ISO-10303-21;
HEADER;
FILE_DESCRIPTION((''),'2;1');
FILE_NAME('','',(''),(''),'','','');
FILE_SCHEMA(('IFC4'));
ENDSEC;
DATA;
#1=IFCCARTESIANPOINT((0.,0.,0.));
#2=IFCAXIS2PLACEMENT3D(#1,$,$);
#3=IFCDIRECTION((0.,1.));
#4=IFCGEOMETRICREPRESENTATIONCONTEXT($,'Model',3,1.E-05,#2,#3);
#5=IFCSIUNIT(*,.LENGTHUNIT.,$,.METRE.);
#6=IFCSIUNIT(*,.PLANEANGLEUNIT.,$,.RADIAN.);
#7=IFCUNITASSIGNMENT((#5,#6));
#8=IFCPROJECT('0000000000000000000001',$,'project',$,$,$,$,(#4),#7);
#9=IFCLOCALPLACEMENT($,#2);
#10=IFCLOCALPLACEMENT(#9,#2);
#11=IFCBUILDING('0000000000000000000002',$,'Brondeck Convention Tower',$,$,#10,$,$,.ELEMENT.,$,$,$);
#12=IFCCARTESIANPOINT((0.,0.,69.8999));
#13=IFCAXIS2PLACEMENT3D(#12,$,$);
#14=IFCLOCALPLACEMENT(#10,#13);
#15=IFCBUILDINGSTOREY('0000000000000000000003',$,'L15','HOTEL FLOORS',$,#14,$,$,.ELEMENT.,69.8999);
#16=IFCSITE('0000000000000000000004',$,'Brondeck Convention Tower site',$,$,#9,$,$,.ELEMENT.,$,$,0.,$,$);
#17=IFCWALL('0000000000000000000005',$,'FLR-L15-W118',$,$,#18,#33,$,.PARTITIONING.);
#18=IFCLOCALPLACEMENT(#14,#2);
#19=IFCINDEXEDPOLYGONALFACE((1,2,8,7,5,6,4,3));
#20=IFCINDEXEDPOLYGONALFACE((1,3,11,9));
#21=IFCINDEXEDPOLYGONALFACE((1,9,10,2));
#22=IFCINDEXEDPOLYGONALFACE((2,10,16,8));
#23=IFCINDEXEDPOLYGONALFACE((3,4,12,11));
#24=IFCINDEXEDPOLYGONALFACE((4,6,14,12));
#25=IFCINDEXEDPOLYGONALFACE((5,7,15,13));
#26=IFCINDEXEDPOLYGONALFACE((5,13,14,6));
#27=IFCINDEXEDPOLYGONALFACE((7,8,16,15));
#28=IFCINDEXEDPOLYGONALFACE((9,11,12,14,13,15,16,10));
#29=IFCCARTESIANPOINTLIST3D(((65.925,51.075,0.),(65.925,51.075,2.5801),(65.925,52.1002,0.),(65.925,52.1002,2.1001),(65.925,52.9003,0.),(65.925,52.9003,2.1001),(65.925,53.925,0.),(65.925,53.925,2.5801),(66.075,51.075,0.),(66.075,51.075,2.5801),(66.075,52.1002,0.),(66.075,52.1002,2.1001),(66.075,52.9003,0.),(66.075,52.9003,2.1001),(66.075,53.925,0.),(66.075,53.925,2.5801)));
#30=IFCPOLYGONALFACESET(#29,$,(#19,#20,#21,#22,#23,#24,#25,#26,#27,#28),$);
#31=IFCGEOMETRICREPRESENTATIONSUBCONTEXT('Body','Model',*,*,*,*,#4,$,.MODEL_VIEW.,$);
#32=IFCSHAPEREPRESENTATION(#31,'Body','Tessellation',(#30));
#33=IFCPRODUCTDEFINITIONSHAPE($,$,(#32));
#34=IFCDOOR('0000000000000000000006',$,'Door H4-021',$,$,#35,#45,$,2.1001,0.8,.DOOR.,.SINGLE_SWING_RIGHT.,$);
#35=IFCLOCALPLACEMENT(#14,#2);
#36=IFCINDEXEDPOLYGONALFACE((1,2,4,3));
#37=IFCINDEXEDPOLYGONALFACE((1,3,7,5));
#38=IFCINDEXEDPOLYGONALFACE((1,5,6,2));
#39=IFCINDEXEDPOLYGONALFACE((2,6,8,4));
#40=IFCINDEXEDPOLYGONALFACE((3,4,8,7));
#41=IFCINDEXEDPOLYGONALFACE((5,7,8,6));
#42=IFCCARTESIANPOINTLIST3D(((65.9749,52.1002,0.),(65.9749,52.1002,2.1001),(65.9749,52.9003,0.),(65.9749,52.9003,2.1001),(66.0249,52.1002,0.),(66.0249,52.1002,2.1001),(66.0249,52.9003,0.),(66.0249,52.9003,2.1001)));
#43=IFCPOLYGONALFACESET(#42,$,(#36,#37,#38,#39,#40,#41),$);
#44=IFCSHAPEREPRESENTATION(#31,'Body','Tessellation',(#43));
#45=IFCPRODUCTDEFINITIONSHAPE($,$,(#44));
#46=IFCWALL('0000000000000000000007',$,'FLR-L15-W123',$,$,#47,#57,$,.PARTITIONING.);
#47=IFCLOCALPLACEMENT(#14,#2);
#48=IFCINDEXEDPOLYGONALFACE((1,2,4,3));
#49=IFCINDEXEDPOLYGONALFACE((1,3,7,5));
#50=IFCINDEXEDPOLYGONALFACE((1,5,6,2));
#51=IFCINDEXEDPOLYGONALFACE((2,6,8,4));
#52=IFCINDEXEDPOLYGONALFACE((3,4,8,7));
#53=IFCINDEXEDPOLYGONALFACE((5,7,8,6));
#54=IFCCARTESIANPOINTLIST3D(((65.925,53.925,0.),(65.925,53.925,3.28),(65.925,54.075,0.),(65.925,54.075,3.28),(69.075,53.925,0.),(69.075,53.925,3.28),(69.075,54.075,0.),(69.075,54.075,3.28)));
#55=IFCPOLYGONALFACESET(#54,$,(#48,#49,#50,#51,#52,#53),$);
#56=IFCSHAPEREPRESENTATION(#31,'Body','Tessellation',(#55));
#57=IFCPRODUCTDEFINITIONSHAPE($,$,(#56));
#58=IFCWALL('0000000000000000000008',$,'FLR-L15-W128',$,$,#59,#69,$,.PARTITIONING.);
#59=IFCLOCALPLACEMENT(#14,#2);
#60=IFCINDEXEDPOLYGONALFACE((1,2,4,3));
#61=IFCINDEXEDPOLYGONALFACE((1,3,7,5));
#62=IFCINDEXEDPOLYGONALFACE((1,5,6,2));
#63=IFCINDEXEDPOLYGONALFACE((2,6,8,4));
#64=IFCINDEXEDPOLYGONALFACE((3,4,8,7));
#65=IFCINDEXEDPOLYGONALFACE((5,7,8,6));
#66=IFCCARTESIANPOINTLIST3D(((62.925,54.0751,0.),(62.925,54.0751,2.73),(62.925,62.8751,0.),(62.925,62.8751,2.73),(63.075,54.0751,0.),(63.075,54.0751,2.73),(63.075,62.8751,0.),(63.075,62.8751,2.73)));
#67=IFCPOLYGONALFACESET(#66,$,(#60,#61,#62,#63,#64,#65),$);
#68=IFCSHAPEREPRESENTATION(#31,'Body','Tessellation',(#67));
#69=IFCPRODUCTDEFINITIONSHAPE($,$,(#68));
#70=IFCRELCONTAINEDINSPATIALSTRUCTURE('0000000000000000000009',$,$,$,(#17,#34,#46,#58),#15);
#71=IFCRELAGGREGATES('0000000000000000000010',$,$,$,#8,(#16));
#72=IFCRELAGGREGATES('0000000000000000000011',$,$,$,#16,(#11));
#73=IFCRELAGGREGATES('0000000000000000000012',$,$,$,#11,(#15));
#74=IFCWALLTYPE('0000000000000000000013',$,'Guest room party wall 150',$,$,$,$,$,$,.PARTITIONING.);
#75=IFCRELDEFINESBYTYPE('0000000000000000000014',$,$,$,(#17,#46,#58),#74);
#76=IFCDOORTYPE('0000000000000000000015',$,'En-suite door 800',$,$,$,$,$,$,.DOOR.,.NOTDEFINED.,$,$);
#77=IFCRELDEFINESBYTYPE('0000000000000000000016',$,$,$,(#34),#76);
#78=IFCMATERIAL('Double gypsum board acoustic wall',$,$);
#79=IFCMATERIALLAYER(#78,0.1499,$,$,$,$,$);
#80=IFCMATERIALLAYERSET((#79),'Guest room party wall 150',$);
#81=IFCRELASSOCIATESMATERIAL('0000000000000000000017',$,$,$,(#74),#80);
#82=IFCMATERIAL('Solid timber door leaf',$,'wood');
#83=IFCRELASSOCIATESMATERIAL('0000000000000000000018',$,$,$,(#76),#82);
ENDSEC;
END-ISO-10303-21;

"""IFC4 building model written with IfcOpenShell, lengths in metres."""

from ifc_helpers import new_model, si_unit, direction, frame, frame_2d, origin, place, context, subcontext, project, spatial, rectangle, extrude, material, layer, layer_set, type_object, element, fill, save


model = new_model("IFC4")

# Units and contexts
model_context = context("Model", 3, precision=1e-05, world=origin(), true_north=direction((0.0, 1.0)))
body_context = subcontext(model_context, "Body", "Model", "MODEL_VIEW")
ifc_project = project(units=[si_unit("LENGTHUNIT", "METRE"), si_unit("PLANEANGLEUNIT", "RADIAN")], contexts=[model_context])

# Site, building, storey
site_placement = place(None, origin())
site = spatial("IfcSite", under=ifc_project, at=site_placement, Name="Brondeck Convention Tower site", CompositionType="ELEMENT", RefElevation=0.0)
building_placement = place(site_placement, origin())
building = spatial("IfcBuilding", under=site, at=building_placement, Name="Brondeck Convention Tower", CompositionType="ELEMENT")
storey_placement = place(building_placement, frame((0.0, 0.0, 69.8999)))
storey = spatial("IfcBuildingStorey", under=building, at=storey_placement, Name="L15", Description="HOTEL FLOORS", CompositionType="ELEMENT", Elevation=69.8999)

# Wall, opening, door
ifc_material_1 = material(Name="Double gypsum board acoustic wall")
ifc_layer_1 = layer(ifc_material_1, 0.1499)
ifc_layer_set_1 = layer_set([ifc_layer_1], Name="Guest room party wall 150")
wall_type_1 = type_object("IfcWallType", Name="Guest room party wall 150", PredefinedType="PARTITIONING", material=ifc_layer_set_1)
wall_1_placement = place(storey_placement, frame((66.0, 53.925, 0.0), z_axis=(0.0, 0.0, 1.0), x_axis=(0.0, -1.0, 0.0)))
wall_1 = element("IfcWall", 1, at=wall_1_placement, inside=storey, type_object=wall_type_1, Name="FLR-L15-W118", PredefinedType="PARTITIONING", context=body_context, shape_type="SweptSolid", body=[
    extrude(rectangle(XDim=2.8501, YDim=0.1499, at=frame_2d((1.425, 0.0))), origin(), (0.0, 0.0, 1.0), 2.5801),
])
opening_1_placement = place(wall_1_placement, frame((1.0249, 0.0, 0.0)))
opening_1 = element("IfcOpeningElement", 2, at=opening_1_placement, cuts=wall_1, PredefinedType="OPENING", context=body_context, shape_type="SweptSolid", body=[
    extrude(rectangle(XDim=0.8, YDim=2.1001, at=frame_2d((0.3999, 1.05))), frame((0.0, 0.085, 0.0), z_axis=(0.0, -1.0, 0.0), x_axis=(1.0, 0.0, 0.0)), (0.0, 0.0, 1.0), 0.1699),
])
ifc_material_2 = material(Name="Solid timber door leaf", Category="wood")
door_type = type_object("IfcDoorType", Name="En-suite door 800", OperationType="NOTDEFINED", PredefinedType="DOOR", material=ifc_material_2)
door_placement = place(opening_1_placement, origin())
door = element("IfcDoor", 3, at=door_placement, inside=storey, type_object=door_type, Name="Door H4-021", OperationType="SINGLE_SWING_RIGHT", OverallHeight=2.1001, OverallWidth=0.8, PredefinedType="DOOR", context=body_context, shape_type="SweptSolid", body=[
    extrude(rectangle(XDim=0.8, YDim=2.1001, at=frame_2d((0.3999, 1.05))), frame((0.0, 0.0249, 0.0), z_axis=(0.0, -1.0, 0.0), x_axis=(1.0, 0.0, 0.0)), (0.0, 0.0, 1.0), 0.05),
])
fill(opening_1, door)

# Walls
wall_2_placement = place(storey_placement, frame((69.075, 54.0, 0.0), z_axis=(0.0, 0.0, 1.0), x_axis=(-1.0, 0.0, 0.0)))
element("IfcWall", 4, at=wall_2_placement, inside=storey, type_object=wall_type_1, Name="FLR-L15-W123", PredefinedType="PARTITIONING", context=body_context, shape_type="SweptSolid", body=[
    extrude(rectangle(XDim=3.1499, YDim=0.1499, at=frame_2d((1.575, 0.0))), origin(), (0.0, 0.0, 1.0), 3.28),
])
wall_3_placement = place(storey_placement, frame((63.0, 62.875, 0.0), z_axis=(0.0, 0.0, 1.0), x_axis=(0.0, -1.0, 0.0)))
element("IfcWall", 5, at=wall_3_placement, inside=storey, type_object=wall_type_1, Name="FLR-L15-W128", PredefinedType="PARTITIONING", context=body_context, shape_type="SweptSolid", body=[
    extrude(rectangle(XDim=8.8, YDim=0.1499, at=frame_2d((4.3999, 0.0))), origin(), (0.0, 0.0, 1.0), 2.73),
])

save(model, "model.ifc")
